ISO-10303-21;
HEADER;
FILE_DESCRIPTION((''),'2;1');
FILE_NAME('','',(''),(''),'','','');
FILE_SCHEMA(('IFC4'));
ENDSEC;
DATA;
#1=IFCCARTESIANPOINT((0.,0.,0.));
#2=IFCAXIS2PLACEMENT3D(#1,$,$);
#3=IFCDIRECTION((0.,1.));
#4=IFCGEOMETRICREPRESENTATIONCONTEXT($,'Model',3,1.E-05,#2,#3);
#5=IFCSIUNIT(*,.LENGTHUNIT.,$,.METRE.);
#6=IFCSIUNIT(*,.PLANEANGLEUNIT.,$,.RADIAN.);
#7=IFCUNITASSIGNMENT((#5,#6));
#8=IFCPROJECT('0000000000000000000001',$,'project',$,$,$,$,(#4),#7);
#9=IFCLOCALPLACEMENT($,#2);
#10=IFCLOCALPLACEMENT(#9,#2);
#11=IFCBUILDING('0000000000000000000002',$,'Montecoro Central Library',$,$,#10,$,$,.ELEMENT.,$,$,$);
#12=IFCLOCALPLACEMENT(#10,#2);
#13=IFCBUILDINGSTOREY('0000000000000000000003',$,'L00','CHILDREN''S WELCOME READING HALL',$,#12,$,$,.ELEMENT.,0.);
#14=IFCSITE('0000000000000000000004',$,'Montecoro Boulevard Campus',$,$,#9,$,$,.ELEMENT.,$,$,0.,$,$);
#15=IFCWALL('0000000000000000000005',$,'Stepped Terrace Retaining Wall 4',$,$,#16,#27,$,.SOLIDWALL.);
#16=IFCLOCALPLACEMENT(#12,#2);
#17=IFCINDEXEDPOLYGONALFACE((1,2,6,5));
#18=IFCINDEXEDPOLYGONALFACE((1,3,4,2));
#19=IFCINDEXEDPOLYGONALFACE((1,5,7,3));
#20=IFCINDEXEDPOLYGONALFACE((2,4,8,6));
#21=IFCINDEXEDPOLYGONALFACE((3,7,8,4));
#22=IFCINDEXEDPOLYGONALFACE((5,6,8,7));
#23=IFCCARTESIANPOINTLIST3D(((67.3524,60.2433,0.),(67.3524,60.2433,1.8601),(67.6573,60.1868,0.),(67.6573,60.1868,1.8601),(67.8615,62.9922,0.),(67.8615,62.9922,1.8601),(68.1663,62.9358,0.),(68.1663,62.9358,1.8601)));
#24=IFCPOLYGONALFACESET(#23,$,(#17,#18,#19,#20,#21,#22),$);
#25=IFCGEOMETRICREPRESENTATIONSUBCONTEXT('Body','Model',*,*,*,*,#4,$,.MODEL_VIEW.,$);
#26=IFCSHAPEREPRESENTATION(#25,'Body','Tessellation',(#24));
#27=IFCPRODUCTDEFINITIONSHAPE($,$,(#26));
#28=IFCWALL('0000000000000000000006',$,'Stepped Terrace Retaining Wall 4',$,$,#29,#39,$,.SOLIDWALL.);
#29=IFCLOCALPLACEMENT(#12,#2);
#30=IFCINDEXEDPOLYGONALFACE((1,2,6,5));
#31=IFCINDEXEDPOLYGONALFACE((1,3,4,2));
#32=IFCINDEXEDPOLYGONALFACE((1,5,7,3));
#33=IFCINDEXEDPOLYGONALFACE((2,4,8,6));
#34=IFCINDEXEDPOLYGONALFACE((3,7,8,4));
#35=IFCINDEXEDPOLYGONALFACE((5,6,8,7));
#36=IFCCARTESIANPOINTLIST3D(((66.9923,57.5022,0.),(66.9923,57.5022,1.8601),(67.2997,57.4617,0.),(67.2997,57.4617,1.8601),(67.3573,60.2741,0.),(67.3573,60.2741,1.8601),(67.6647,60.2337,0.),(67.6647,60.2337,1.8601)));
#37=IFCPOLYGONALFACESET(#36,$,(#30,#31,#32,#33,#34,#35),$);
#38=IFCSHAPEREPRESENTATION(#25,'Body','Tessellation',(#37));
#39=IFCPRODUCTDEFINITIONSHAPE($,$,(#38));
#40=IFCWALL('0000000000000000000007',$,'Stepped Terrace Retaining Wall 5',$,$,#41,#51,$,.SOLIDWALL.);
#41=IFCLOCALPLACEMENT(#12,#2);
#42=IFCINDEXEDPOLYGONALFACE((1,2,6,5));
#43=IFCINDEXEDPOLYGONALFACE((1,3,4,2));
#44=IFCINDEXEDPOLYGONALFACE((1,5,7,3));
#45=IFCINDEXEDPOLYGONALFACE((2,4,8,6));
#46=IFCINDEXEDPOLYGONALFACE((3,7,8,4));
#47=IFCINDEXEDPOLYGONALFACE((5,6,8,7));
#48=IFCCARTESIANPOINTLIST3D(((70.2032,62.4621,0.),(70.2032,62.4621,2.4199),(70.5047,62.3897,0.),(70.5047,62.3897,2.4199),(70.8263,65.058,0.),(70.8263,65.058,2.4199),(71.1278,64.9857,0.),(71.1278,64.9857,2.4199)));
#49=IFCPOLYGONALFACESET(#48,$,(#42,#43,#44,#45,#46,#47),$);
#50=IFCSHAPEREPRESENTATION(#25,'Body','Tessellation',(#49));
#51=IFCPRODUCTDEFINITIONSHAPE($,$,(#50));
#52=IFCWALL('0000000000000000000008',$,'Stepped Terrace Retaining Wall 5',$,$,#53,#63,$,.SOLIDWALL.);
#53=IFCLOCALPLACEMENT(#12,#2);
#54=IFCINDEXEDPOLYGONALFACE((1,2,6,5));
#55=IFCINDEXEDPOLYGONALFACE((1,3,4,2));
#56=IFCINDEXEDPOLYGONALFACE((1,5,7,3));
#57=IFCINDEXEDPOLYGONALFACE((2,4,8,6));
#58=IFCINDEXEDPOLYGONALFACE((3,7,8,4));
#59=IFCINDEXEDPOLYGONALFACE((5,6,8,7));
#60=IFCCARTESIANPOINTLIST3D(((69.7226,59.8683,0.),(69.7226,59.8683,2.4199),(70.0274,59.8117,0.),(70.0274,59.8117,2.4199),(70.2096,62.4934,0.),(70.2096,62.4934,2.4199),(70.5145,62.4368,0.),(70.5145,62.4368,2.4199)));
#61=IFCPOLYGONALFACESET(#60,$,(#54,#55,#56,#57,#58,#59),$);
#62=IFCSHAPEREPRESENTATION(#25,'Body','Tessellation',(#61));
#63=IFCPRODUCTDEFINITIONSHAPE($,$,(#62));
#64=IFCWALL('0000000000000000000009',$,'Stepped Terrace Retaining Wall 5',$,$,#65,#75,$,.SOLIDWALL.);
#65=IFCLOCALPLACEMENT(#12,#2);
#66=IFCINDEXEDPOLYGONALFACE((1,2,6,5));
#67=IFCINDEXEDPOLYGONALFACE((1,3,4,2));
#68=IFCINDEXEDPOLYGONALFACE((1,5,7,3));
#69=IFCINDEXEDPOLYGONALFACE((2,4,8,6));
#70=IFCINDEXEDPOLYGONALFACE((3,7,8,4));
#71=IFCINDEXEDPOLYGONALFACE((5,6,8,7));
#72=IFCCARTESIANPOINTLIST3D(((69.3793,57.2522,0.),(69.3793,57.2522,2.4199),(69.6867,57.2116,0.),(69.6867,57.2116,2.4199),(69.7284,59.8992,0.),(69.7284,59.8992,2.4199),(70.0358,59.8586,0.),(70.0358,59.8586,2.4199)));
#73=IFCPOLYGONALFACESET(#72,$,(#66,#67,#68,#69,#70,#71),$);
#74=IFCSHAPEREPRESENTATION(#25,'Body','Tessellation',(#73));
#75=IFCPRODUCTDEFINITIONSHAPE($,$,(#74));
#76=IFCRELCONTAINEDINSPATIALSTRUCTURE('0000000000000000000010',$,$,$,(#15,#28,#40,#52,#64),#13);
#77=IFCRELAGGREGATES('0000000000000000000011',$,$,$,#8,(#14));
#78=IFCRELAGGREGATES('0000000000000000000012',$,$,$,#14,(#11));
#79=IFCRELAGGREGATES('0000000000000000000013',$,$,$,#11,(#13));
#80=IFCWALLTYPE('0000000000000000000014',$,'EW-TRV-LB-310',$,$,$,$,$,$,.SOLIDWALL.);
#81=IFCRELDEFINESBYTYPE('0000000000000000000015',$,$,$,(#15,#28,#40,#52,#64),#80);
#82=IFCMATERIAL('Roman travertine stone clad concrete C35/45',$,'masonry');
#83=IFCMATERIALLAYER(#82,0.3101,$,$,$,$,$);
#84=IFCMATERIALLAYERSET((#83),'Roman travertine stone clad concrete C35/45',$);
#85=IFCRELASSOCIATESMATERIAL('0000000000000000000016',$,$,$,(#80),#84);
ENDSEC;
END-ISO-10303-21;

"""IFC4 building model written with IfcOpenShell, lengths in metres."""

from ifc_helpers import new_model, si_unit, direction, frame, frame_2d, origin, place, context, subcontext, project, spatial, rectangle, extrude, material, layer, layer_set, type_object, element, save


model = new_model("IFC4")

# Units and contexts
model_context = context("Model", 3, precision=1e-05, world=origin(), true_north=direction((0.0, 1.0)))
body_context = subcontext(model_context, "Body", "Model", "MODEL_VIEW")
ifc_project = project(units=[si_unit("LENGTHUNIT", "METRE"), si_unit("PLANEANGLEUNIT", "RADIAN")], contexts=[model_context])

# Site, building, storey
site_placement = place(None, origin())
site = spatial("IfcSite", under=ifc_project, at=site_placement, Name="Montecoro Boulevard Campus", CompositionType="ELEMENT", RefElevation=0.0)
building_placement = place(site_placement, origin())
building = spatial("IfcBuilding", under=site, at=building_placement, Name="Montecoro Central Library", CompositionType="ELEMENT")
storey_placement = place(building_placement, origin())
storey = spatial("IfcBuildingStorey", under=building, at=storey_placement, Name="L00", Description="CHILDREN'S WELCOME READING HALL", CompositionType="ELEMENT", Elevation=0.0)

# Walls
ifc_material_1 = material(Name="Roman travertine stone clad concrete C35/45", Category="masonry")
ifc_layer = layer(ifc_material_1, 0.3101)
ifc_layer_set = layer_set([ifc_layer], Name="Roman travertine stone clad concrete C35/45")
wall_type = type_object("IfcWallType", Name="EW-TRV-LB-310", PredefinedType="SOLIDWALL", material=ifc_layer_set)
wall_1_placement = place(storey_placement, frame((68.0139, 62.9641, 0.0), z_axis=(0.0, 0.0, 1.0), x_axis=(-0.182074, -0.983285, 0.0)))
element("IfcWall", 1, at=wall_1_placement, inside=storey, type_object=wall_type, Name="Stepped Terrace Retaining Wall 4", PredefinedType="SOLIDWALL", context=body_context, shape_type="SweptSolid", body=[
    extrude(rectangle(XDim=2.7957, YDim=0.3101, at=frame_2d((1.3979, 0.0))), origin(), (0.0, 0.0, 1.0), 1.8601),
])
wall_2_placement = place(storey_placement, frame((67.511, 60.2539, 0.0), z_axis=(0.0, 0.0, 1.0), x_axis=(-0.130545, -0.991442, 0.0)))
element("IfcWall", 2, at=wall_2_placement, inside=storey, type_object=wall_type, Name="Stepped Terrace Retaining Wall 4", PredefinedType="SOLIDWALL", context=body_context, shape_type="SweptSolid", body=[
    extrude(rectangle(XDim=2.7959, YDim=0.3101, at=frame_2d((1.3979, 0.0))), origin(), (0.0, 0.0, 1.0), 1.8601),
])
wall_3_placement = place(storey_placement, frame((70.9771, 65.022, 0.0), z_axis=(0.0, 0.0, 1.0), x_axis=(-0.23338, -0.972386, 0.0)))
element("IfcWall", 3, at=wall_3_placement, inside=storey, type_object=wall_type, Name="Stepped Terrace Retaining Wall 5", PredefinedType="SOLIDWALL", context=body_context, shape_type="SweptSolid", body=[
    extrude(rectangle(XDim=2.6697, YDim=0.3101, at=frame_2d((1.335, 0.0))), origin(), (0.0, 0.0, 1.0), 2.4199),
])
for number, where, z_axis, x_axis, name in (
    (4, (70.3621, 62.4651, 0.0), (0.0, 0.0, 1.0), (-0.182433, -0.983218, 0.0), "Stepped Terrace Retaining Wall 5"),
    (5, (69.8821, 59.8789, 0.0), (0.0, 0.0, 1.0), (-0.130762, -0.991414, 0.0), "Stepped Terrace Retaining Wall 5"),
):
    element("IfcWall", number, at=place(storey_placement, frame(where, z_axis=z_axis, x_axis=x_axis)), inside=storey, type_object=wall_type, Name=name, PredefinedType="SOLIDWALL", context=body_context, shape_type="SweptSolid", body=[
        extrude(rectangle(XDim=2.6699, YDim=0.3101, at=frame_2d((1.335, 0.0))), origin(), (0.0, 0.0, 1.0), 2.4199),
    ])

save(model, "model.ifc")
